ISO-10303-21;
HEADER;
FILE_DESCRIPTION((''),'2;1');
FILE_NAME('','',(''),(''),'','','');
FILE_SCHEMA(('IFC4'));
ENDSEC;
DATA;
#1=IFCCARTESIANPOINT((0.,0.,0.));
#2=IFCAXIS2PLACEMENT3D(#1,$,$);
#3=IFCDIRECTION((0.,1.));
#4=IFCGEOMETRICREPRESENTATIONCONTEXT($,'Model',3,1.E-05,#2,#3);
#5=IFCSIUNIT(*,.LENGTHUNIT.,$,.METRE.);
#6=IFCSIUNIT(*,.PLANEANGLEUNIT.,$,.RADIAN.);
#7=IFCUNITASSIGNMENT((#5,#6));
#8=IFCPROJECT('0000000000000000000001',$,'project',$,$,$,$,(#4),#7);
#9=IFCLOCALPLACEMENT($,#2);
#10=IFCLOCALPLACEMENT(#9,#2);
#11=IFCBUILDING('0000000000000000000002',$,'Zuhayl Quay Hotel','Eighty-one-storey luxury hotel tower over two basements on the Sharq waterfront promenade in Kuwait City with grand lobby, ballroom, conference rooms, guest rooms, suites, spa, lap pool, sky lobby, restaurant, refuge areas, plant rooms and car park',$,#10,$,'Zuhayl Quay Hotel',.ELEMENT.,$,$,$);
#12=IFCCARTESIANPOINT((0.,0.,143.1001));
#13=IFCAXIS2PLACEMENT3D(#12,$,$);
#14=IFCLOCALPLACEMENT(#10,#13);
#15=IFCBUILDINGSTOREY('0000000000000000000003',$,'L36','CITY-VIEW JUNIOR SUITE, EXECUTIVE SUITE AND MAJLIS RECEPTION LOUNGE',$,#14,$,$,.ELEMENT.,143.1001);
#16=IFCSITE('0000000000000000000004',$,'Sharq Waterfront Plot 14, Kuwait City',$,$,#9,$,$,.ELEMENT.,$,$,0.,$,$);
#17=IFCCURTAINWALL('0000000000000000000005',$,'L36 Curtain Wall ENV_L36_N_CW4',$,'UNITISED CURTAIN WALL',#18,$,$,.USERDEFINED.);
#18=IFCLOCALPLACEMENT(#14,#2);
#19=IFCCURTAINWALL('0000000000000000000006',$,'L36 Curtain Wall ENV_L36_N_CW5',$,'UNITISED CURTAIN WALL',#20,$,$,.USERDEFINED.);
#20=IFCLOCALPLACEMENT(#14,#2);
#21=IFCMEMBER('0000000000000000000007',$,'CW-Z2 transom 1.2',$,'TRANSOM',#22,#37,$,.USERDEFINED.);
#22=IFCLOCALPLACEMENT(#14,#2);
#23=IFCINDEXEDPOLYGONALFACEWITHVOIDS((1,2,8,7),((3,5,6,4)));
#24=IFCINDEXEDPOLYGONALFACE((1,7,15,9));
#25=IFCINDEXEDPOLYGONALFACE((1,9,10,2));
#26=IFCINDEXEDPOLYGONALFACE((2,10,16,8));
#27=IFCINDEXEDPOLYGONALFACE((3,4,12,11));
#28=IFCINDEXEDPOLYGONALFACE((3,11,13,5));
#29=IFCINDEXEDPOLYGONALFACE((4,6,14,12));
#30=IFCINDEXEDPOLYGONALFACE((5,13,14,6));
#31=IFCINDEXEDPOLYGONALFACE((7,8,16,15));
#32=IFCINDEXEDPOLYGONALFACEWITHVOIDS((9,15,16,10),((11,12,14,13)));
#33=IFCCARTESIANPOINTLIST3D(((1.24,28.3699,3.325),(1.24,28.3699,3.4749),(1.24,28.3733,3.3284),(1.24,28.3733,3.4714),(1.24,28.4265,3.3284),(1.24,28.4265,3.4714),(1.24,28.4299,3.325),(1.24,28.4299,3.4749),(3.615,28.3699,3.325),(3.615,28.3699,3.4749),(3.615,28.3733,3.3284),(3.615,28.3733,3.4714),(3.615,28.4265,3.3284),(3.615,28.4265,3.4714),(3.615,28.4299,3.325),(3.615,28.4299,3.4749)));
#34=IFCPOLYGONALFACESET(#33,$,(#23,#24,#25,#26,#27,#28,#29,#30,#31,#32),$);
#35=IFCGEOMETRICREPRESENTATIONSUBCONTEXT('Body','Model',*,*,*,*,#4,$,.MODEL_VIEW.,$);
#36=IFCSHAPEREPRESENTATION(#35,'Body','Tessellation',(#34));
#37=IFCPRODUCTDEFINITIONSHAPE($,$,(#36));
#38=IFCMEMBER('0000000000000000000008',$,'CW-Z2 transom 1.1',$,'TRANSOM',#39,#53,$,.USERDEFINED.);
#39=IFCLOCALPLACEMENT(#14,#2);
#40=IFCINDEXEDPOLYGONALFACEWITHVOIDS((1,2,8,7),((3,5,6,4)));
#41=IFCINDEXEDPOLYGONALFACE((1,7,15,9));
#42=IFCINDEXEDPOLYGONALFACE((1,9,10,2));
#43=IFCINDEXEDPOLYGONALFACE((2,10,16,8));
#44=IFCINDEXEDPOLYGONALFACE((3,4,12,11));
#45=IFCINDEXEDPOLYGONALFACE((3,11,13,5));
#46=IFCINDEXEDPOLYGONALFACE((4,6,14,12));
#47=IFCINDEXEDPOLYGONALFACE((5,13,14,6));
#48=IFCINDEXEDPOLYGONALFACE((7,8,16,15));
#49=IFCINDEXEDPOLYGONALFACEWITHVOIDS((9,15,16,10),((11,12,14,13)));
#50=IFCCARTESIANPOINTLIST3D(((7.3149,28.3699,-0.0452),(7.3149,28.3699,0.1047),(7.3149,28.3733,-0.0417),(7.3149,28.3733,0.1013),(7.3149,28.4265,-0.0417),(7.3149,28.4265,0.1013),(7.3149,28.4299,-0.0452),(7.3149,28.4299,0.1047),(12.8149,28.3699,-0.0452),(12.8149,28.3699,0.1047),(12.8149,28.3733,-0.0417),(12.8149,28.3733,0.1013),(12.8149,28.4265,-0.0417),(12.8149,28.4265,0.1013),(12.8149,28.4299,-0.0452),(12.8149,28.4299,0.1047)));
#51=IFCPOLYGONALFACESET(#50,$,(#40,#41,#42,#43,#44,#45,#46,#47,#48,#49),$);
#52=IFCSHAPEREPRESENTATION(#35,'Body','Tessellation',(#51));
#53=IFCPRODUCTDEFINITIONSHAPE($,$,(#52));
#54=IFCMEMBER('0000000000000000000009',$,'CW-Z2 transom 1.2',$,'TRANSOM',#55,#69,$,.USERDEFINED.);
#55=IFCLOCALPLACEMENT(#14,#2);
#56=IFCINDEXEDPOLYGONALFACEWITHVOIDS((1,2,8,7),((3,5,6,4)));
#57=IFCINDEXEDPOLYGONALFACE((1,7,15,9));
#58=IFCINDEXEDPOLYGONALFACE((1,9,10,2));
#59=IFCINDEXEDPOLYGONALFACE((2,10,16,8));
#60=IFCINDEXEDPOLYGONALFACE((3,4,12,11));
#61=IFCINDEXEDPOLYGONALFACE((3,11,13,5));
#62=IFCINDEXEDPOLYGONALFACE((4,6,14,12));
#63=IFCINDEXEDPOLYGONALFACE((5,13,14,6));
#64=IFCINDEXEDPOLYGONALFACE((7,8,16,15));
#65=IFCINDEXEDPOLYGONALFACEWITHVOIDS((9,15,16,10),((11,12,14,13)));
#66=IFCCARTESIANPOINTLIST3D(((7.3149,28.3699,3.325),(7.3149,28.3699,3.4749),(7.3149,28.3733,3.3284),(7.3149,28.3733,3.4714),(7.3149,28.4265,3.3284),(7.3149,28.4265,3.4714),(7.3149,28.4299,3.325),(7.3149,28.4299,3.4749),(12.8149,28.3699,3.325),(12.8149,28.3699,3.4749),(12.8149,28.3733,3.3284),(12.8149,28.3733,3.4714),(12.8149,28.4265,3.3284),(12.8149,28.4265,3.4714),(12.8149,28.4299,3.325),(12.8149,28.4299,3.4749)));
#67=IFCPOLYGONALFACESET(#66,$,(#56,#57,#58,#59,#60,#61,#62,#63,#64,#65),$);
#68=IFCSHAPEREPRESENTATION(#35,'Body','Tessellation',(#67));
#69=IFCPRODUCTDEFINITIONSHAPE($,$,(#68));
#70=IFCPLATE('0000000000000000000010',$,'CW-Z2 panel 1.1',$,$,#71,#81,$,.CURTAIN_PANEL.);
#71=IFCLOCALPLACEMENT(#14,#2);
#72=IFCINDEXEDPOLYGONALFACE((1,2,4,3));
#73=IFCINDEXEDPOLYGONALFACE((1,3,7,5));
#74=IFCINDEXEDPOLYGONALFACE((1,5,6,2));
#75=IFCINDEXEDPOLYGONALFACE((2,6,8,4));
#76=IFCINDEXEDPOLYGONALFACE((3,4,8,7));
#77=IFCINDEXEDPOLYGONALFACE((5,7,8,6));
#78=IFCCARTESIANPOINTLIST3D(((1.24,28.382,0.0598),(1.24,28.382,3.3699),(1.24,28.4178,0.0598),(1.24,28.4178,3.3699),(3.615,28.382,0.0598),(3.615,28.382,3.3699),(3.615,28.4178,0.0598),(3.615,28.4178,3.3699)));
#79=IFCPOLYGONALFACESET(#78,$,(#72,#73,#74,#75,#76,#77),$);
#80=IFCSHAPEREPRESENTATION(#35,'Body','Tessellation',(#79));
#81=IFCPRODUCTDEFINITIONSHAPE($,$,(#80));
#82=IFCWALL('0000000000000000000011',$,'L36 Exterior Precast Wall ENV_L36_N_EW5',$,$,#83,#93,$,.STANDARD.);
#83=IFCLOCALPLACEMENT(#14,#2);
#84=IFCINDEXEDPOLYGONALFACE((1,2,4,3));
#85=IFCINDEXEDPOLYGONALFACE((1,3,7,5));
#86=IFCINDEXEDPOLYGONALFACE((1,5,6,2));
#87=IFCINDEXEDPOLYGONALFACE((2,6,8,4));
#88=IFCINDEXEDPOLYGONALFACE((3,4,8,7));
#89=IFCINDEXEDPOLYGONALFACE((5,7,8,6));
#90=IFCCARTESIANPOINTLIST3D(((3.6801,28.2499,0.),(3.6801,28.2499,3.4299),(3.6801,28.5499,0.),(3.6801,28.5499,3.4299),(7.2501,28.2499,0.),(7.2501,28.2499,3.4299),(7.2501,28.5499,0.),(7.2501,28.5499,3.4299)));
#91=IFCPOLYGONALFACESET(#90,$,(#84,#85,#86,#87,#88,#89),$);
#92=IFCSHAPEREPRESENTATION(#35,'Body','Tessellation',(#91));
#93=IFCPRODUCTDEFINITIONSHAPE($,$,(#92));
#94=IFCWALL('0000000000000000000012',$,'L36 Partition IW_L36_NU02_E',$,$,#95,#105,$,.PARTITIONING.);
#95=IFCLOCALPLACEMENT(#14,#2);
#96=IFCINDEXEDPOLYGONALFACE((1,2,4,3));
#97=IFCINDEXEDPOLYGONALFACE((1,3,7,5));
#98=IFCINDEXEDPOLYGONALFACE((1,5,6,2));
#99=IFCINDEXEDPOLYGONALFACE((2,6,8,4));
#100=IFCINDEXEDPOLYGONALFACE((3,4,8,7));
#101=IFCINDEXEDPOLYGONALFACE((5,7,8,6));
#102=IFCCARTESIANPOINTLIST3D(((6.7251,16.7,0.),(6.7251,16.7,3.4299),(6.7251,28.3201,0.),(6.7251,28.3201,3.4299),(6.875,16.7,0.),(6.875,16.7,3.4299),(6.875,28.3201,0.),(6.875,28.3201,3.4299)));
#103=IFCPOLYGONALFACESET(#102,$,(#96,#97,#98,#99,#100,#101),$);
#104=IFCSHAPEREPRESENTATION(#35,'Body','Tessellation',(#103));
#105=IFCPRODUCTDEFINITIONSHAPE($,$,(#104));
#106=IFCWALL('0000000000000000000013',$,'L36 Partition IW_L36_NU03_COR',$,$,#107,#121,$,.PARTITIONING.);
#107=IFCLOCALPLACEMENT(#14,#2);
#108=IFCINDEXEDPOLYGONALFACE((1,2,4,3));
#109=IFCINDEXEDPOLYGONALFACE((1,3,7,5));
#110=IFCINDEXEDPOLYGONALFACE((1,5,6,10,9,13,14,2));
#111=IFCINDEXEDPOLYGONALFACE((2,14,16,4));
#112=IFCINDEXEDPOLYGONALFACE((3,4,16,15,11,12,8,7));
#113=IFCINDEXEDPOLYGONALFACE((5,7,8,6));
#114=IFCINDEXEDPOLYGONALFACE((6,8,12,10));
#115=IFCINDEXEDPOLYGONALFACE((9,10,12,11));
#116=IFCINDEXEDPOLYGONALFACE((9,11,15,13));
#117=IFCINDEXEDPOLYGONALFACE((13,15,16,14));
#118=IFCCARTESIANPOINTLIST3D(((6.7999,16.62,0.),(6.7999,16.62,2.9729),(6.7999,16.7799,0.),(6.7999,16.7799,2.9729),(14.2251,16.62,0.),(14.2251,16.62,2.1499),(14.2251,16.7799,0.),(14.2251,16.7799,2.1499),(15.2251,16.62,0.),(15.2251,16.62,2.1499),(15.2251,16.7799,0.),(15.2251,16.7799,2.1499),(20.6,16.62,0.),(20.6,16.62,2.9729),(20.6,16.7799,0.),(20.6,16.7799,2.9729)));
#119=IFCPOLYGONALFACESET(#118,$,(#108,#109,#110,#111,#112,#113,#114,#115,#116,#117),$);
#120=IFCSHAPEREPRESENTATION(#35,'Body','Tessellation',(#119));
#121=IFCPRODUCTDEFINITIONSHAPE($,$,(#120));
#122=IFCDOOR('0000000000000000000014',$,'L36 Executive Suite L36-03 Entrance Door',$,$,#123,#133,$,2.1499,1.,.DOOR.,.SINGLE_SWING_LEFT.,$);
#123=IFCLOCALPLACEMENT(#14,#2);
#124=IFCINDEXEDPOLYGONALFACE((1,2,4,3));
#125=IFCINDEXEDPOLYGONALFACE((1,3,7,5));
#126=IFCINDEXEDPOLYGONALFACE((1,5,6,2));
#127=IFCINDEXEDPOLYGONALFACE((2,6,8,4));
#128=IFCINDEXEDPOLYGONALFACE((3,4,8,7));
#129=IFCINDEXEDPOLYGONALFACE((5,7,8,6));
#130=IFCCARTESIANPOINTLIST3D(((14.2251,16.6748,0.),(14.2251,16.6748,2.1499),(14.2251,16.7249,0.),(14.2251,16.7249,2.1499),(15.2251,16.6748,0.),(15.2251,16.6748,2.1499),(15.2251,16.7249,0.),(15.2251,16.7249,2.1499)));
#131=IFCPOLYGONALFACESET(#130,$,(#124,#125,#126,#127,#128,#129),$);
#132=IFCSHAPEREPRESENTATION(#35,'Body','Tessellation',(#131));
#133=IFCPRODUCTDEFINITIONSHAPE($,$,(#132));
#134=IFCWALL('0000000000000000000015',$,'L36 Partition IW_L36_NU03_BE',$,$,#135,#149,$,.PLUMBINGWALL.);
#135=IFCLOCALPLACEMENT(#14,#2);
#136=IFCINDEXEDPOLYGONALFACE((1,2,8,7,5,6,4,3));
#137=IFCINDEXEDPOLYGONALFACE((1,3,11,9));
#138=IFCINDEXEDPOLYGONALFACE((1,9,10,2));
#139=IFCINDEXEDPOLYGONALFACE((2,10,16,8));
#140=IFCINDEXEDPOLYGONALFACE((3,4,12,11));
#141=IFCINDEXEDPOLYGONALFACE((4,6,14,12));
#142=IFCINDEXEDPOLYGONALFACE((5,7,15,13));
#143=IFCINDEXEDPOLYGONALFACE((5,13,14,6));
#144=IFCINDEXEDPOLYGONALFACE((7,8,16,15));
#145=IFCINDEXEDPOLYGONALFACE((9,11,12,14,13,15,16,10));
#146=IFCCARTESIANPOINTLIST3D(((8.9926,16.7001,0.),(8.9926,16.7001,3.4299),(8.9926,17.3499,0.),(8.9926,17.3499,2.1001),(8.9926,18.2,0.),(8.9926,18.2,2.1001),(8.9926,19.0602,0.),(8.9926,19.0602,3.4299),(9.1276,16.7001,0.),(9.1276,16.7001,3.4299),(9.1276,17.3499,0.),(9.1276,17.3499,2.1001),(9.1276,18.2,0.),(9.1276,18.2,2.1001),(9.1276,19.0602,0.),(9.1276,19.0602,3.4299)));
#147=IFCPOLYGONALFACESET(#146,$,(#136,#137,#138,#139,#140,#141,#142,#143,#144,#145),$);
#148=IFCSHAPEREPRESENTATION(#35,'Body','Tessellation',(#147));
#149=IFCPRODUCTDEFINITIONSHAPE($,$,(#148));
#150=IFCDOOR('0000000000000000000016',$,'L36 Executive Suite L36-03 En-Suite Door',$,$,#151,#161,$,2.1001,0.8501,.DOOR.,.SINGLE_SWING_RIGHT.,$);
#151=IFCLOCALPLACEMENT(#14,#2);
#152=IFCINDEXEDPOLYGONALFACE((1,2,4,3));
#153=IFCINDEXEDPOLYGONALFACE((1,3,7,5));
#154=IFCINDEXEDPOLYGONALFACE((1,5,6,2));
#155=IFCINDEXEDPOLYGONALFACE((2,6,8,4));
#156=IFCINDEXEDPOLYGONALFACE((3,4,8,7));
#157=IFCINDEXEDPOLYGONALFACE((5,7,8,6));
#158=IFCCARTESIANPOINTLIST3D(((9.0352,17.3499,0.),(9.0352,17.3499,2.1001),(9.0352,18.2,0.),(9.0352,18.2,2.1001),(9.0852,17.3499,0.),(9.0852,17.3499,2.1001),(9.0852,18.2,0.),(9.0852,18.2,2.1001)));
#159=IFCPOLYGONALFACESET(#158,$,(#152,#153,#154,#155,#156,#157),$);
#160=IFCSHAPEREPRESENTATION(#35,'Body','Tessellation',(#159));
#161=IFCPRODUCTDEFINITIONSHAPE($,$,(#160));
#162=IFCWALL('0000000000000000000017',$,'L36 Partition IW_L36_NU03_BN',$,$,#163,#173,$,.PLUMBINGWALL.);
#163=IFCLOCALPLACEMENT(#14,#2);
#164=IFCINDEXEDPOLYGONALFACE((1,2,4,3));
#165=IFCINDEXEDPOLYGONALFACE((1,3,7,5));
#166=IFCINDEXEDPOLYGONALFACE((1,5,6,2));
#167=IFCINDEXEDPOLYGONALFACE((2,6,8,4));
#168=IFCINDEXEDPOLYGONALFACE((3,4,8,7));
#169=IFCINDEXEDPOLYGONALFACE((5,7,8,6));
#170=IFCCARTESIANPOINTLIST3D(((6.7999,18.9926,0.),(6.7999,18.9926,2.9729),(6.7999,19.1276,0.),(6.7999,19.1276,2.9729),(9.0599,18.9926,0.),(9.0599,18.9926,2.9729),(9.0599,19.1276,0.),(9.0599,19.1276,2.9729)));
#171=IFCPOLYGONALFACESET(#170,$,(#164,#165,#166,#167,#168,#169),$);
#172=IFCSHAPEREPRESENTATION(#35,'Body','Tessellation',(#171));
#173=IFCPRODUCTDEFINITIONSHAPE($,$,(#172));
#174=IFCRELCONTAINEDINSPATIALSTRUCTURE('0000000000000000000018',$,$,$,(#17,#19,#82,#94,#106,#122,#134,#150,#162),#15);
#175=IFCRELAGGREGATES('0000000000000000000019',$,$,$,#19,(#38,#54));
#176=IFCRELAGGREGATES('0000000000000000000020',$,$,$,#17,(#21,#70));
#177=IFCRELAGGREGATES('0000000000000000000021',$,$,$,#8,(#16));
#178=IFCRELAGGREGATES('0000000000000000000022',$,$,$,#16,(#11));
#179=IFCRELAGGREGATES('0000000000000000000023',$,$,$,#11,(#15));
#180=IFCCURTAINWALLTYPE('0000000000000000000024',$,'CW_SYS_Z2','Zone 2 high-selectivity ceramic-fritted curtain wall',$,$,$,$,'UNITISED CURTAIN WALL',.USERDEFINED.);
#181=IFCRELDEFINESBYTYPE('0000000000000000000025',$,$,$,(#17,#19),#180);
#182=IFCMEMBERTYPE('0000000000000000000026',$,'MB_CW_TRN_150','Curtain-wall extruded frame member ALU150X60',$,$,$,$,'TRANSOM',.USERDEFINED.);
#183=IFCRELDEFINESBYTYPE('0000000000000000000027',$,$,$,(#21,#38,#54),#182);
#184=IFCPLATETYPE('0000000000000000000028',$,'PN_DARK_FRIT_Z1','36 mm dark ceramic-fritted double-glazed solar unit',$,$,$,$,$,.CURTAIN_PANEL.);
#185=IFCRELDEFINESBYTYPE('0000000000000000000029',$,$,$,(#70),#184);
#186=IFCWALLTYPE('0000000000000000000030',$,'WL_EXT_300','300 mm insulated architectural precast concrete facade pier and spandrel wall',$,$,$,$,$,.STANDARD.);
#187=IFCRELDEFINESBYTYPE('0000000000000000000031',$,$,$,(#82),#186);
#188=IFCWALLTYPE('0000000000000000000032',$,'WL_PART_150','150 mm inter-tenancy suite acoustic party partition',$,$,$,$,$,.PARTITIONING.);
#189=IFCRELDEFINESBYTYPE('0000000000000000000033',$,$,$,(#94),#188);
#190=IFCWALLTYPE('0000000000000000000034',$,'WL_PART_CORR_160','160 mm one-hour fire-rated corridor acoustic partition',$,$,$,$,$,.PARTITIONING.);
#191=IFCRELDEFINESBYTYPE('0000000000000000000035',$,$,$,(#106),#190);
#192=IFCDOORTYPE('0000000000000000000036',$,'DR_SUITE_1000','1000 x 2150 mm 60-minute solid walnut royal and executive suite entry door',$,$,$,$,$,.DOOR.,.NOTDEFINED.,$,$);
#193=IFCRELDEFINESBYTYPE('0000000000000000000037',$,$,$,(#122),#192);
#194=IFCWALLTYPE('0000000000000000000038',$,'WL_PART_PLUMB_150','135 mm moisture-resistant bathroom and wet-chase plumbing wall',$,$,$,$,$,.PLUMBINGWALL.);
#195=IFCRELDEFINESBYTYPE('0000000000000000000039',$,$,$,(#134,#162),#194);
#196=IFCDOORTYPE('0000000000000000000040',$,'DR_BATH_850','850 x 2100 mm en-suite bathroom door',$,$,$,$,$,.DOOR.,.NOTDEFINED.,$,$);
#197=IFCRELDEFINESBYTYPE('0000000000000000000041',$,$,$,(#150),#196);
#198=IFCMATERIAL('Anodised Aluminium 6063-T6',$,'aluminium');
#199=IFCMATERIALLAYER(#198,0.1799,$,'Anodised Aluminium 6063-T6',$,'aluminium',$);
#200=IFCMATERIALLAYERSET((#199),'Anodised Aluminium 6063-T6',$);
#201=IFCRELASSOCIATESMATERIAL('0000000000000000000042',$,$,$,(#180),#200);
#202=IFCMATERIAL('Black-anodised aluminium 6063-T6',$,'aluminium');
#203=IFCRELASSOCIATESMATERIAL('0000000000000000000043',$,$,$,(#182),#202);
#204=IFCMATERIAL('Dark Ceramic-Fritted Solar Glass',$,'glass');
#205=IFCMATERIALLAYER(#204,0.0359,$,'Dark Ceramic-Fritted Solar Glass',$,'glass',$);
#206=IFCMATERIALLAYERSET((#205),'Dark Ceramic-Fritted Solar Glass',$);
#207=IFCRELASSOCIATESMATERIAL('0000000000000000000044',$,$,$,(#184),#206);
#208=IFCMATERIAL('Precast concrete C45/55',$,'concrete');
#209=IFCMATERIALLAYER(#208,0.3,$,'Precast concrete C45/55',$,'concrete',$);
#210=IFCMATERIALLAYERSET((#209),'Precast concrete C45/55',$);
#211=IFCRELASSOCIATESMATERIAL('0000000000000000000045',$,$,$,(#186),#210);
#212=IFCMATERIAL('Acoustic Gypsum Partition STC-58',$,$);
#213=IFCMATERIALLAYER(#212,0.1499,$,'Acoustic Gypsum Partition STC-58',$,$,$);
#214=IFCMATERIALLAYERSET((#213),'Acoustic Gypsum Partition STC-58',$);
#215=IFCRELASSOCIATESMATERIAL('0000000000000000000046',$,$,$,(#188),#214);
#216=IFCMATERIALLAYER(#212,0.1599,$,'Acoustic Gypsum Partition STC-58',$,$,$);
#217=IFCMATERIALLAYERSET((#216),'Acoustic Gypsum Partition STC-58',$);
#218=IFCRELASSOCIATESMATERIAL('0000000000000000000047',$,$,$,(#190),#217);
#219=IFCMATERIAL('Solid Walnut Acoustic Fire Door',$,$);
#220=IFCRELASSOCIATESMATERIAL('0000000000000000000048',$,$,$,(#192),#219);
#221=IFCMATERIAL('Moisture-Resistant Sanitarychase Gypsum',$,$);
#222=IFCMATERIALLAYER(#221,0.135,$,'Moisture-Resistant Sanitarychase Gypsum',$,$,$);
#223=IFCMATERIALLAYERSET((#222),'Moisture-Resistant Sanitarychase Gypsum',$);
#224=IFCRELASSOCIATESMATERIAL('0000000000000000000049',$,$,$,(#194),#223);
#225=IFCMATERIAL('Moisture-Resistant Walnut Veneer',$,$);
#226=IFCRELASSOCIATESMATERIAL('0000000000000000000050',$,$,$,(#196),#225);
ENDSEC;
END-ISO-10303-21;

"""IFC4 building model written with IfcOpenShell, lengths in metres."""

from ifc_helpers import new_model, si_unit, direction, frame, frame_2d, origin, origin_2d, place, context, subcontext, project, spatial, rectangle, hollow_rectangle, extrude, material, layer, layer_set, material_profile, profile_set, type_object, element, fill, aggregate, save


model = new_model("IFC4")

# Units and contexts
model_context = context("Model", 3, precision=1e-05, world=origin(), true_north=direction((0.0, 1.0)))
body_context = subcontext(model_context, "Body", "Model", "MODEL_VIEW")
ifc_project = project(units=[si_unit("LENGTHUNIT", "METRE"), si_unit("PLANEANGLEUNIT", "RADIAN")], contexts=[model_context])

# Site, building, storey
site_placement = place(None, origin())
site = spatial("IfcSite", under=ifc_project, at=site_placement, Name="Sharq Waterfront Plot 14, Kuwait City", CompositionType="ELEMENT", RefElevation=0.0)
building_placement = place(site_placement, origin())
building = spatial("IfcBuilding", under=site, at=building_placement, Name="Zuhayl Quay Hotel", Description="Eighty-one-storey luxury hotel tower over two basements on the Sharq waterfront promenade in Kuwait City with grand lobby, ballroom, conference rooms, guest rooms, suites, spa, lap pool, sky lobby, restaurant, refuge areas, plant rooms and car park", LongName="Zuhayl Quay Hotel", CompositionType="ELEMENT")
storey_placement = place(building_placement, frame((0.0, 0.0, 143.1001)))
storey = spatial("IfcBuildingStorey", under=building, at=storey_placement, Name="L36", Description="CITY-VIEW JUNIOR SUITE, EXECUTIVE SUITE AND MAJLIS RECEPTION LOUNGE", CompositionType="ELEMENT", Elevation=143.1001)

# Curtain wall
ifc_material_1 = material(Name="Anodised Aluminium 6063-T6", Category="aluminium")
ifc_layer_1 = layer(ifc_material_1, 0.1799, Name="Anodised Aluminium 6063-T6", Category="aluminium")
ifc_layer_set_1 = layer_set([ifc_layer_1], Name="Anodised Aluminium 6063-T6")
curtain_wall_type = type_object("IfcCurtainWallType", Name="CW_SYS_Z2", Description="Zone 2 high-selectivity ceramic-fritted curtain wall", ElementType="UNITISED CURTAIN WALL", PredefinedType="USERDEFINED", material=ifc_layer_set_1)
curtain_wall_1_placement = place(storey_placement, origin())
curtain_wall_1 = element("IfcCurtainWall", 1, at=curtain_wall_1_placement, inside=storey, type_object=curtain_wall_type, Name="L36 Curtain Wall ENV_L36_N_CW4", ObjectType="UNITISED CURTAIN WALL", PredefinedType="USERDEFINED")
ifc_material_2 = material(Name="Black-anodised aluminium 6063-T6", Category="aluminium")

# Curtain wall
curtain_wall_2_placement = place(storey_placement, origin())
curtain_wall_2 = element("IfcCurtainWall", 2, at=curtain_wall_2_placement, inside=storey, type_object=curtain_wall_type, Name="L36 Curtain Wall ENV_L36_N_CW5", ObjectType="UNITISED CURTAIN WALL", PredefinedType="USERDEFINED")

# Members
ifc_material_profile_1 = material_profile(ifc_material_2, hollow_rectangle(XDim=0.0601, YDim=0.1499, WallThickness=0.0034, at=origin_2d()), Name="ALU150X60")
ifc_profile_set_1 = profile_set([ifc_material_profile_1], Name="Black-anodised aluminium 6063-T6")
member_type_1 = type_object("IfcMemberType", Name="MB_CW_TRN_150", Description="Curtain-wall extruded frame member ALU150X60", ElementType="TRANSOM", PredefinedType="USERDEFINED", material=ifc_profile_set_1)
member_1_placement = place(storey_placement, frame((1.24, 28.3999, 3.3999), z_axis=(1.0, 0.0, 0.0), x_axis=(0.0, 1.0, 0.0)))
member_1 = element("IfcMember", 3, at=member_1_placement, type_object=member_type_1, Name="CW-Z2 transom 1.2", ObjectType="TRANSOM", PredefinedType="USERDEFINED", context=body_context, shape_type="SweptSolid", body=[
    extrude(hollow_rectangle(XDim=0.0601, YDim=0.1499, WallThickness=0.0034, at=origin_2d()), origin(), (0.0, 0.0, 1.0), 2.375),
])
member_2_placement = place(storey_placement, frame((7.3149, 28.3999, 0.0298), z_axis=(1.0, 0.0, 0.0), x_axis=(0.0, 1.0, 0.0)))
member_2 = element("IfcMember", 4, at=member_2_placement, type_object=member_type_1, Name="CW-Z2 transom 1.1", ObjectType="TRANSOM", PredefinedType="USERDEFINED", context=body_context, shape_type="SweptSolid", body=[
    extrude(hollow_rectangle(XDim=0.0601, YDim=0.1499, WallThickness=0.0034, at=origin_2d()), origin(), (0.0, 0.0, 1.0), 5.5),
])
member_3_placement = place(storey_placement, frame((7.3149, 28.3999, 3.3999), z_axis=(1.0, 0.0, 0.0), x_axis=(0.0, 1.0, 0.0)))
member_3 = element("IfcMember", 5, at=member_3_placement, type_object=member_type_1, Name="CW-Z2 transom 1.2", ObjectType="TRANSOM", PredefinedType="USERDEFINED", context=body_context, shape_type="SweptSolid", body=[
    extrude(hollow_rectangle(XDim=0.0601, YDim=0.1499, WallThickness=0.0034, at=origin_2d()), origin(), (0.0, 0.0, 1.0), 5.5),
])
aggregate(curtain_wall_2, [member_2, member_3])

# Plate
ifc_material_3 = material(Name="Dark Ceramic-Fritted Solar Glass", Category="glass")
ifc_layer_2 = layer(ifc_material_3, 0.0359, Name="Dark Ceramic-Fritted Solar Glass", Category="glass")
ifc_layer_set_2 = layer_set([ifc_layer_2], Name="Dark Ceramic-Fritted Solar Glass")
plate_type = type_object("IfcPlateType", Name="PN_DARK_FRIT_Z1", Description="36 mm dark ceramic-fritted double-glazed solar unit", PredefinedType="CURTAIN_PANEL", material=ifc_layer_set_2)
plate_placement = place(storey_placement, frame((2.4275, 28.3999, 0.0598), z_axis=(0.0, 0.0, 1.0), x_axis=(1.0, 0.0, 0.0)))
plate = element("IfcPlate", 6, at=plate_placement, type_object=plate_type, Name="CW-Z2 panel 1.1", PredefinedType="CURTAIN_PANEL", context=body_context, shape_type="SweptSolid", body=[
    extrude(rectangle(XDim=2.375, YDim=0.0359, at=origin_2d()), origin(), (0.0, 0.0, 1.0), 3.3101),
])
aggregate(curtain_wall_1, [member_1, plate])

# Walls
ifc_material_4 = material(Name="Precast concrete C45/55", Category="concrete")
ifc_layer_3 = layer(ifc_material_4, 0.3, Name="Precast concrete C45/55", Category="concrete")
ifc_layer_set_3 = layer_set([ifc_layer_3], Name="Precast concrete C45/55")
wall_type_1 = type_object("IfcWallType", Name="WL_EXT_300", Description="300 mm insulated architectural precast concrete facade pier and spandrel wall", PredefinedType="STANDARD", material=ifc_layer_set_3)
wall_1_placement = place(storey_placement, frame((3.6799, 28.3999, 0.0), z_axis=(0.0, 0.0, 1.0), x_axis=(1.0, 0.0, 0.0)))
element("IfcWall", 7, at=wall_1_placement, inside=storey, type_object=wall_type_1, Name="L36 Exterior Precast Wall ENV_L36_N_EW5", PredefinedType="STANDARD", context=body_context, shape_type="SweptSolid", body=[
    extrude(rectangle(XDim=3.5701, YDim=0.3, at=frame_2d((1.7852, 0.0))), origin(), (0.0, 0.0, 1.0), 3.4299),
])
ifc_material_5 = material(Name="Acoustic Gypsum Partition STC-58")
ifc_layer_4 = layer(ifc_material_5, 0.1499, Name="Acoustic Gypsum Partition STC-58")
ifc_layer_set_4 = layer_set([ifc_layer_4], Name="Acoustic Gypsum Partition STC-58")
wall_type_2 = type_object("IfcWallType", Name="WL_PART_150", Description="150 mm inter-tenancy suite acoustic party partition", PredefinedType="PARTITIONING", material=ifc_layer_set_4)
wall_2_placement = place(storey_placement, frame((6.8, 16.7, 0.0), z_axis=(0.0, 0.0, 1.0), x_axis=(0.0, 1.0, 0.0)))
element("IfcWall", 8, at=wall_2_placement, inside=storey, type_object=wall_type_2, Name="L36 Partition IW_L36_NU02_E", PredefinedType="PARTITIONING", context=body_context, shape_type="SweptSolid", body=[
    extrude(rectangle(XDim=11.6201, YDim=0.1499, at=frame_2d((5.8101, 0.0))), origin(), (0.0, 0.0, 1.0), 3.4299),
])

# Walls, openings, doors
ifc_layer_5 = layer(ifc_material_5, 0.1599, Name="Acoustic Gypsum Partition STC-58")
ifc_layer_set_5 = layer_set([ifc_layer_5], Name="Acoustic Gypsum Partition STC-58")
wall_type_3 = type_object("IfcWallType", Name="WL_PART_CORR_160", Description="160 mm one-hour fire-rated corridor acoustic partition", PredefinedType="PARTITIONING", material=ifc_layer_set_5)
wall_3_placement = place(storey_placement, frame((6.8, 16.7, 0.0), z_axis=(0.0, 0.0, 1.0), x_axis=(1.0, 0.0, 0.0)))
wall_3 = element("IfcWall", 9, at=wall_3_placement, inside=storey, type_object=wall_type_3, Name="L36 Partition IW_L36_NU03_COR", PredefinedType="PARTITIONING", context=body_context, shape_type="SweptSolid", body=[
    extrude(rectangle(XDim=13.8, YDim=0.1599, at=frame_2d((6.8999, 0.0))), origin(), (0.0, 0.0, 1.0), 2.9729),
])
opening_1_placement = place(wall_3_placement, frame((7.425, 0.0, 0.0)))
opening_1 = element("IfcOpeningElement", 10, at=opening_1_placement, cuts=wall_3, PredefinedType="OPENING", context=body_context, shape_type="SweptSolid", body=[
    extrude(rectangle(XDim=1.0, YDim=2.1499, at=frame_2d((0.5, 1.075))), frame((0.0, 0.0898, 0.0), z_axis=(0.0, -1.0, 0.0), x_axis=(1.0, 0.0, 0.0)), (0.0, 0.0, 1.0), 0.1799),
])
ifc_material_6 = material(Name="Solid Walnut Acoustic Fire Door")
door_type_1 = type_object("IfcDoorType", Name="DR_SUITE_1000", Description="1000 x 2150 mm 60-minute solid walnut royal and executive suite entry door", OperationType="NOTDEFINED", PredefinedType="DOOR", material=ifc_material_6)
door_1_placement = place(opening_1_placement, origin())
door_1 = element("IfcDoor", 11, at=door_1_placement, inside=storey, type_object=door_type_1, Name="L36 Executive Suite L36-03 Entrance Door", OperationType="SINGLE_SWING_LEFT", OverallHeight=2.1499, OverallWidth=1.0, PredefinedType="DOOR", context=body_context, shape_type="SweptSolid", body=[
    extrude(rectangle(XDim=1.0, YDim=2.1499, at=frame_2d((0.5, 1.075))), frame((0.0, 0.0249, 0.0), z_axis=(0.0, -1.0, 0.0), x_axis=(1.0, 0.0, 0.0)), (0.0, 0.0, 1.0), 0.05),
])
fill(opening_1, door_1)
ifc_material_7 = material(Name="Moisture-Resistant Sanitarychase Gypsum")
ifc_layer_6 = layer(ifc_material_7, 0.135, Name="Moisture-Resistant Sanitarychase Gypsum")
ifc_layer_set_6 = layer_set([ifc_layer_6], Name="Moisture-Resistant Sanitarychase Gypsum")
wall_type_4 = type_object("IfcWallType", Name="WL_PART_PLUMB_150", Description="135 mm moisture-resistant bathroom and wet-chase plumbing wall", PredefinedType="PLUMBINGWALL", material=ifc_layer_set_6)
wall_4_placement = place(storey_placement, frame((9.0601, 16.7, 0.0), z_axis=(0.0, 0.0, 1.0), x_axis=(0.0, 1.0, 0.0)))
wall_4 = element("IfcWall", 12, at=wall_4_placement, inside=storey, type_object=wall_type_4, Name="L36 Partition IW_L36_NU03_BE", PredefinedType="PLUMBINGWALL", context=body_context, shape_type="SweptSolid", body=[
    extrude(rectangle(XDim=2.3601, YDim=0.135, at=frame_2d((1.1802, 0.0))), origin(), (0.0, 0.0, 1.0), 3.4299),
])
opening_2_placement = place(wall_4_placement, frame((0.6499, 0.0, 0.0)))
opening_2 = element("IfcOpeningElement", 13, at=opening_2_placement, cuts=wall_4, PredefinedType="OPENING", context=body_context, shape_type="SweptSolid", body=[
    extrude(rectangle(XDim=0.8501, YDim=2.1001, at=frame_2d((0.425, 1.05))), frame((0.0, 0.0774, 0.0), z_axis=(0.0, -1.0, 0.0), x_axis=(1.0, 0.0, 0.0)), (0.0, 0.0, 1.0), 0.155),
])
ifc_material_8 = material(Name="Moisture-Resistant Walnut Veneer")
door_type_2 = type_object("IfcDoorType", Name="DR_BATH_850", Description="850 x 2100 mm en-suite bathroom door", OperationType="NOTDEFINED", PredefinedType="DOOR", material=ifc_material_8)
door_2_placement = place(opening_2_placement, origin())
door_2 = element("IfcDoor", 14, at=door_2_placement, inside=storey, type_object=door_type_2, Name="L36 Executive Suite L36-03 En-Suite Door", OperationType="SINGLE_SWING_RIGHT", OverallHeight=2.1001, OverallWidth=0.8501, PredefinedType="DOOR", context=body_context, shape_type="SweptSolid", body=[
    extrude(rectangle(XDim=0.8501, YDim=2.1001, at=frame_2d((0.425, 1.05))), frame((0.0, 0.0249, 0.0), z_axis=(0.0, -1.0, 0.0), x_axis=(1.0, 0.0, 0.0)), (0.0, 0.0, 1.0), 0.05),
])
fill(opening_2, door_2)

# Wall
wall_5_placement = place(storey_placement, frame((6.8, 19.0601, 0.0), z_axis=(0.0, 0.0, 1.0), x_axis=(1.0, 0.0, 0.0)))
element("IfcWall", 15, at=wall_5_placement, inside=storey, type_object=wall_type_4, Name="L36 Partition IW_L36_NU03_BN", PredefinedType="PLUMBINGWALL", context=body_context, shape_type="SweptSolid", body=[
    extrude(rectangle(XDim=2.26, YDim=0.135, at=frame_2d((1.1299, 0.0))), origin(), (0.0, 0.0, 1.0), 2.9729),
])

save(model, "model.ifc")
